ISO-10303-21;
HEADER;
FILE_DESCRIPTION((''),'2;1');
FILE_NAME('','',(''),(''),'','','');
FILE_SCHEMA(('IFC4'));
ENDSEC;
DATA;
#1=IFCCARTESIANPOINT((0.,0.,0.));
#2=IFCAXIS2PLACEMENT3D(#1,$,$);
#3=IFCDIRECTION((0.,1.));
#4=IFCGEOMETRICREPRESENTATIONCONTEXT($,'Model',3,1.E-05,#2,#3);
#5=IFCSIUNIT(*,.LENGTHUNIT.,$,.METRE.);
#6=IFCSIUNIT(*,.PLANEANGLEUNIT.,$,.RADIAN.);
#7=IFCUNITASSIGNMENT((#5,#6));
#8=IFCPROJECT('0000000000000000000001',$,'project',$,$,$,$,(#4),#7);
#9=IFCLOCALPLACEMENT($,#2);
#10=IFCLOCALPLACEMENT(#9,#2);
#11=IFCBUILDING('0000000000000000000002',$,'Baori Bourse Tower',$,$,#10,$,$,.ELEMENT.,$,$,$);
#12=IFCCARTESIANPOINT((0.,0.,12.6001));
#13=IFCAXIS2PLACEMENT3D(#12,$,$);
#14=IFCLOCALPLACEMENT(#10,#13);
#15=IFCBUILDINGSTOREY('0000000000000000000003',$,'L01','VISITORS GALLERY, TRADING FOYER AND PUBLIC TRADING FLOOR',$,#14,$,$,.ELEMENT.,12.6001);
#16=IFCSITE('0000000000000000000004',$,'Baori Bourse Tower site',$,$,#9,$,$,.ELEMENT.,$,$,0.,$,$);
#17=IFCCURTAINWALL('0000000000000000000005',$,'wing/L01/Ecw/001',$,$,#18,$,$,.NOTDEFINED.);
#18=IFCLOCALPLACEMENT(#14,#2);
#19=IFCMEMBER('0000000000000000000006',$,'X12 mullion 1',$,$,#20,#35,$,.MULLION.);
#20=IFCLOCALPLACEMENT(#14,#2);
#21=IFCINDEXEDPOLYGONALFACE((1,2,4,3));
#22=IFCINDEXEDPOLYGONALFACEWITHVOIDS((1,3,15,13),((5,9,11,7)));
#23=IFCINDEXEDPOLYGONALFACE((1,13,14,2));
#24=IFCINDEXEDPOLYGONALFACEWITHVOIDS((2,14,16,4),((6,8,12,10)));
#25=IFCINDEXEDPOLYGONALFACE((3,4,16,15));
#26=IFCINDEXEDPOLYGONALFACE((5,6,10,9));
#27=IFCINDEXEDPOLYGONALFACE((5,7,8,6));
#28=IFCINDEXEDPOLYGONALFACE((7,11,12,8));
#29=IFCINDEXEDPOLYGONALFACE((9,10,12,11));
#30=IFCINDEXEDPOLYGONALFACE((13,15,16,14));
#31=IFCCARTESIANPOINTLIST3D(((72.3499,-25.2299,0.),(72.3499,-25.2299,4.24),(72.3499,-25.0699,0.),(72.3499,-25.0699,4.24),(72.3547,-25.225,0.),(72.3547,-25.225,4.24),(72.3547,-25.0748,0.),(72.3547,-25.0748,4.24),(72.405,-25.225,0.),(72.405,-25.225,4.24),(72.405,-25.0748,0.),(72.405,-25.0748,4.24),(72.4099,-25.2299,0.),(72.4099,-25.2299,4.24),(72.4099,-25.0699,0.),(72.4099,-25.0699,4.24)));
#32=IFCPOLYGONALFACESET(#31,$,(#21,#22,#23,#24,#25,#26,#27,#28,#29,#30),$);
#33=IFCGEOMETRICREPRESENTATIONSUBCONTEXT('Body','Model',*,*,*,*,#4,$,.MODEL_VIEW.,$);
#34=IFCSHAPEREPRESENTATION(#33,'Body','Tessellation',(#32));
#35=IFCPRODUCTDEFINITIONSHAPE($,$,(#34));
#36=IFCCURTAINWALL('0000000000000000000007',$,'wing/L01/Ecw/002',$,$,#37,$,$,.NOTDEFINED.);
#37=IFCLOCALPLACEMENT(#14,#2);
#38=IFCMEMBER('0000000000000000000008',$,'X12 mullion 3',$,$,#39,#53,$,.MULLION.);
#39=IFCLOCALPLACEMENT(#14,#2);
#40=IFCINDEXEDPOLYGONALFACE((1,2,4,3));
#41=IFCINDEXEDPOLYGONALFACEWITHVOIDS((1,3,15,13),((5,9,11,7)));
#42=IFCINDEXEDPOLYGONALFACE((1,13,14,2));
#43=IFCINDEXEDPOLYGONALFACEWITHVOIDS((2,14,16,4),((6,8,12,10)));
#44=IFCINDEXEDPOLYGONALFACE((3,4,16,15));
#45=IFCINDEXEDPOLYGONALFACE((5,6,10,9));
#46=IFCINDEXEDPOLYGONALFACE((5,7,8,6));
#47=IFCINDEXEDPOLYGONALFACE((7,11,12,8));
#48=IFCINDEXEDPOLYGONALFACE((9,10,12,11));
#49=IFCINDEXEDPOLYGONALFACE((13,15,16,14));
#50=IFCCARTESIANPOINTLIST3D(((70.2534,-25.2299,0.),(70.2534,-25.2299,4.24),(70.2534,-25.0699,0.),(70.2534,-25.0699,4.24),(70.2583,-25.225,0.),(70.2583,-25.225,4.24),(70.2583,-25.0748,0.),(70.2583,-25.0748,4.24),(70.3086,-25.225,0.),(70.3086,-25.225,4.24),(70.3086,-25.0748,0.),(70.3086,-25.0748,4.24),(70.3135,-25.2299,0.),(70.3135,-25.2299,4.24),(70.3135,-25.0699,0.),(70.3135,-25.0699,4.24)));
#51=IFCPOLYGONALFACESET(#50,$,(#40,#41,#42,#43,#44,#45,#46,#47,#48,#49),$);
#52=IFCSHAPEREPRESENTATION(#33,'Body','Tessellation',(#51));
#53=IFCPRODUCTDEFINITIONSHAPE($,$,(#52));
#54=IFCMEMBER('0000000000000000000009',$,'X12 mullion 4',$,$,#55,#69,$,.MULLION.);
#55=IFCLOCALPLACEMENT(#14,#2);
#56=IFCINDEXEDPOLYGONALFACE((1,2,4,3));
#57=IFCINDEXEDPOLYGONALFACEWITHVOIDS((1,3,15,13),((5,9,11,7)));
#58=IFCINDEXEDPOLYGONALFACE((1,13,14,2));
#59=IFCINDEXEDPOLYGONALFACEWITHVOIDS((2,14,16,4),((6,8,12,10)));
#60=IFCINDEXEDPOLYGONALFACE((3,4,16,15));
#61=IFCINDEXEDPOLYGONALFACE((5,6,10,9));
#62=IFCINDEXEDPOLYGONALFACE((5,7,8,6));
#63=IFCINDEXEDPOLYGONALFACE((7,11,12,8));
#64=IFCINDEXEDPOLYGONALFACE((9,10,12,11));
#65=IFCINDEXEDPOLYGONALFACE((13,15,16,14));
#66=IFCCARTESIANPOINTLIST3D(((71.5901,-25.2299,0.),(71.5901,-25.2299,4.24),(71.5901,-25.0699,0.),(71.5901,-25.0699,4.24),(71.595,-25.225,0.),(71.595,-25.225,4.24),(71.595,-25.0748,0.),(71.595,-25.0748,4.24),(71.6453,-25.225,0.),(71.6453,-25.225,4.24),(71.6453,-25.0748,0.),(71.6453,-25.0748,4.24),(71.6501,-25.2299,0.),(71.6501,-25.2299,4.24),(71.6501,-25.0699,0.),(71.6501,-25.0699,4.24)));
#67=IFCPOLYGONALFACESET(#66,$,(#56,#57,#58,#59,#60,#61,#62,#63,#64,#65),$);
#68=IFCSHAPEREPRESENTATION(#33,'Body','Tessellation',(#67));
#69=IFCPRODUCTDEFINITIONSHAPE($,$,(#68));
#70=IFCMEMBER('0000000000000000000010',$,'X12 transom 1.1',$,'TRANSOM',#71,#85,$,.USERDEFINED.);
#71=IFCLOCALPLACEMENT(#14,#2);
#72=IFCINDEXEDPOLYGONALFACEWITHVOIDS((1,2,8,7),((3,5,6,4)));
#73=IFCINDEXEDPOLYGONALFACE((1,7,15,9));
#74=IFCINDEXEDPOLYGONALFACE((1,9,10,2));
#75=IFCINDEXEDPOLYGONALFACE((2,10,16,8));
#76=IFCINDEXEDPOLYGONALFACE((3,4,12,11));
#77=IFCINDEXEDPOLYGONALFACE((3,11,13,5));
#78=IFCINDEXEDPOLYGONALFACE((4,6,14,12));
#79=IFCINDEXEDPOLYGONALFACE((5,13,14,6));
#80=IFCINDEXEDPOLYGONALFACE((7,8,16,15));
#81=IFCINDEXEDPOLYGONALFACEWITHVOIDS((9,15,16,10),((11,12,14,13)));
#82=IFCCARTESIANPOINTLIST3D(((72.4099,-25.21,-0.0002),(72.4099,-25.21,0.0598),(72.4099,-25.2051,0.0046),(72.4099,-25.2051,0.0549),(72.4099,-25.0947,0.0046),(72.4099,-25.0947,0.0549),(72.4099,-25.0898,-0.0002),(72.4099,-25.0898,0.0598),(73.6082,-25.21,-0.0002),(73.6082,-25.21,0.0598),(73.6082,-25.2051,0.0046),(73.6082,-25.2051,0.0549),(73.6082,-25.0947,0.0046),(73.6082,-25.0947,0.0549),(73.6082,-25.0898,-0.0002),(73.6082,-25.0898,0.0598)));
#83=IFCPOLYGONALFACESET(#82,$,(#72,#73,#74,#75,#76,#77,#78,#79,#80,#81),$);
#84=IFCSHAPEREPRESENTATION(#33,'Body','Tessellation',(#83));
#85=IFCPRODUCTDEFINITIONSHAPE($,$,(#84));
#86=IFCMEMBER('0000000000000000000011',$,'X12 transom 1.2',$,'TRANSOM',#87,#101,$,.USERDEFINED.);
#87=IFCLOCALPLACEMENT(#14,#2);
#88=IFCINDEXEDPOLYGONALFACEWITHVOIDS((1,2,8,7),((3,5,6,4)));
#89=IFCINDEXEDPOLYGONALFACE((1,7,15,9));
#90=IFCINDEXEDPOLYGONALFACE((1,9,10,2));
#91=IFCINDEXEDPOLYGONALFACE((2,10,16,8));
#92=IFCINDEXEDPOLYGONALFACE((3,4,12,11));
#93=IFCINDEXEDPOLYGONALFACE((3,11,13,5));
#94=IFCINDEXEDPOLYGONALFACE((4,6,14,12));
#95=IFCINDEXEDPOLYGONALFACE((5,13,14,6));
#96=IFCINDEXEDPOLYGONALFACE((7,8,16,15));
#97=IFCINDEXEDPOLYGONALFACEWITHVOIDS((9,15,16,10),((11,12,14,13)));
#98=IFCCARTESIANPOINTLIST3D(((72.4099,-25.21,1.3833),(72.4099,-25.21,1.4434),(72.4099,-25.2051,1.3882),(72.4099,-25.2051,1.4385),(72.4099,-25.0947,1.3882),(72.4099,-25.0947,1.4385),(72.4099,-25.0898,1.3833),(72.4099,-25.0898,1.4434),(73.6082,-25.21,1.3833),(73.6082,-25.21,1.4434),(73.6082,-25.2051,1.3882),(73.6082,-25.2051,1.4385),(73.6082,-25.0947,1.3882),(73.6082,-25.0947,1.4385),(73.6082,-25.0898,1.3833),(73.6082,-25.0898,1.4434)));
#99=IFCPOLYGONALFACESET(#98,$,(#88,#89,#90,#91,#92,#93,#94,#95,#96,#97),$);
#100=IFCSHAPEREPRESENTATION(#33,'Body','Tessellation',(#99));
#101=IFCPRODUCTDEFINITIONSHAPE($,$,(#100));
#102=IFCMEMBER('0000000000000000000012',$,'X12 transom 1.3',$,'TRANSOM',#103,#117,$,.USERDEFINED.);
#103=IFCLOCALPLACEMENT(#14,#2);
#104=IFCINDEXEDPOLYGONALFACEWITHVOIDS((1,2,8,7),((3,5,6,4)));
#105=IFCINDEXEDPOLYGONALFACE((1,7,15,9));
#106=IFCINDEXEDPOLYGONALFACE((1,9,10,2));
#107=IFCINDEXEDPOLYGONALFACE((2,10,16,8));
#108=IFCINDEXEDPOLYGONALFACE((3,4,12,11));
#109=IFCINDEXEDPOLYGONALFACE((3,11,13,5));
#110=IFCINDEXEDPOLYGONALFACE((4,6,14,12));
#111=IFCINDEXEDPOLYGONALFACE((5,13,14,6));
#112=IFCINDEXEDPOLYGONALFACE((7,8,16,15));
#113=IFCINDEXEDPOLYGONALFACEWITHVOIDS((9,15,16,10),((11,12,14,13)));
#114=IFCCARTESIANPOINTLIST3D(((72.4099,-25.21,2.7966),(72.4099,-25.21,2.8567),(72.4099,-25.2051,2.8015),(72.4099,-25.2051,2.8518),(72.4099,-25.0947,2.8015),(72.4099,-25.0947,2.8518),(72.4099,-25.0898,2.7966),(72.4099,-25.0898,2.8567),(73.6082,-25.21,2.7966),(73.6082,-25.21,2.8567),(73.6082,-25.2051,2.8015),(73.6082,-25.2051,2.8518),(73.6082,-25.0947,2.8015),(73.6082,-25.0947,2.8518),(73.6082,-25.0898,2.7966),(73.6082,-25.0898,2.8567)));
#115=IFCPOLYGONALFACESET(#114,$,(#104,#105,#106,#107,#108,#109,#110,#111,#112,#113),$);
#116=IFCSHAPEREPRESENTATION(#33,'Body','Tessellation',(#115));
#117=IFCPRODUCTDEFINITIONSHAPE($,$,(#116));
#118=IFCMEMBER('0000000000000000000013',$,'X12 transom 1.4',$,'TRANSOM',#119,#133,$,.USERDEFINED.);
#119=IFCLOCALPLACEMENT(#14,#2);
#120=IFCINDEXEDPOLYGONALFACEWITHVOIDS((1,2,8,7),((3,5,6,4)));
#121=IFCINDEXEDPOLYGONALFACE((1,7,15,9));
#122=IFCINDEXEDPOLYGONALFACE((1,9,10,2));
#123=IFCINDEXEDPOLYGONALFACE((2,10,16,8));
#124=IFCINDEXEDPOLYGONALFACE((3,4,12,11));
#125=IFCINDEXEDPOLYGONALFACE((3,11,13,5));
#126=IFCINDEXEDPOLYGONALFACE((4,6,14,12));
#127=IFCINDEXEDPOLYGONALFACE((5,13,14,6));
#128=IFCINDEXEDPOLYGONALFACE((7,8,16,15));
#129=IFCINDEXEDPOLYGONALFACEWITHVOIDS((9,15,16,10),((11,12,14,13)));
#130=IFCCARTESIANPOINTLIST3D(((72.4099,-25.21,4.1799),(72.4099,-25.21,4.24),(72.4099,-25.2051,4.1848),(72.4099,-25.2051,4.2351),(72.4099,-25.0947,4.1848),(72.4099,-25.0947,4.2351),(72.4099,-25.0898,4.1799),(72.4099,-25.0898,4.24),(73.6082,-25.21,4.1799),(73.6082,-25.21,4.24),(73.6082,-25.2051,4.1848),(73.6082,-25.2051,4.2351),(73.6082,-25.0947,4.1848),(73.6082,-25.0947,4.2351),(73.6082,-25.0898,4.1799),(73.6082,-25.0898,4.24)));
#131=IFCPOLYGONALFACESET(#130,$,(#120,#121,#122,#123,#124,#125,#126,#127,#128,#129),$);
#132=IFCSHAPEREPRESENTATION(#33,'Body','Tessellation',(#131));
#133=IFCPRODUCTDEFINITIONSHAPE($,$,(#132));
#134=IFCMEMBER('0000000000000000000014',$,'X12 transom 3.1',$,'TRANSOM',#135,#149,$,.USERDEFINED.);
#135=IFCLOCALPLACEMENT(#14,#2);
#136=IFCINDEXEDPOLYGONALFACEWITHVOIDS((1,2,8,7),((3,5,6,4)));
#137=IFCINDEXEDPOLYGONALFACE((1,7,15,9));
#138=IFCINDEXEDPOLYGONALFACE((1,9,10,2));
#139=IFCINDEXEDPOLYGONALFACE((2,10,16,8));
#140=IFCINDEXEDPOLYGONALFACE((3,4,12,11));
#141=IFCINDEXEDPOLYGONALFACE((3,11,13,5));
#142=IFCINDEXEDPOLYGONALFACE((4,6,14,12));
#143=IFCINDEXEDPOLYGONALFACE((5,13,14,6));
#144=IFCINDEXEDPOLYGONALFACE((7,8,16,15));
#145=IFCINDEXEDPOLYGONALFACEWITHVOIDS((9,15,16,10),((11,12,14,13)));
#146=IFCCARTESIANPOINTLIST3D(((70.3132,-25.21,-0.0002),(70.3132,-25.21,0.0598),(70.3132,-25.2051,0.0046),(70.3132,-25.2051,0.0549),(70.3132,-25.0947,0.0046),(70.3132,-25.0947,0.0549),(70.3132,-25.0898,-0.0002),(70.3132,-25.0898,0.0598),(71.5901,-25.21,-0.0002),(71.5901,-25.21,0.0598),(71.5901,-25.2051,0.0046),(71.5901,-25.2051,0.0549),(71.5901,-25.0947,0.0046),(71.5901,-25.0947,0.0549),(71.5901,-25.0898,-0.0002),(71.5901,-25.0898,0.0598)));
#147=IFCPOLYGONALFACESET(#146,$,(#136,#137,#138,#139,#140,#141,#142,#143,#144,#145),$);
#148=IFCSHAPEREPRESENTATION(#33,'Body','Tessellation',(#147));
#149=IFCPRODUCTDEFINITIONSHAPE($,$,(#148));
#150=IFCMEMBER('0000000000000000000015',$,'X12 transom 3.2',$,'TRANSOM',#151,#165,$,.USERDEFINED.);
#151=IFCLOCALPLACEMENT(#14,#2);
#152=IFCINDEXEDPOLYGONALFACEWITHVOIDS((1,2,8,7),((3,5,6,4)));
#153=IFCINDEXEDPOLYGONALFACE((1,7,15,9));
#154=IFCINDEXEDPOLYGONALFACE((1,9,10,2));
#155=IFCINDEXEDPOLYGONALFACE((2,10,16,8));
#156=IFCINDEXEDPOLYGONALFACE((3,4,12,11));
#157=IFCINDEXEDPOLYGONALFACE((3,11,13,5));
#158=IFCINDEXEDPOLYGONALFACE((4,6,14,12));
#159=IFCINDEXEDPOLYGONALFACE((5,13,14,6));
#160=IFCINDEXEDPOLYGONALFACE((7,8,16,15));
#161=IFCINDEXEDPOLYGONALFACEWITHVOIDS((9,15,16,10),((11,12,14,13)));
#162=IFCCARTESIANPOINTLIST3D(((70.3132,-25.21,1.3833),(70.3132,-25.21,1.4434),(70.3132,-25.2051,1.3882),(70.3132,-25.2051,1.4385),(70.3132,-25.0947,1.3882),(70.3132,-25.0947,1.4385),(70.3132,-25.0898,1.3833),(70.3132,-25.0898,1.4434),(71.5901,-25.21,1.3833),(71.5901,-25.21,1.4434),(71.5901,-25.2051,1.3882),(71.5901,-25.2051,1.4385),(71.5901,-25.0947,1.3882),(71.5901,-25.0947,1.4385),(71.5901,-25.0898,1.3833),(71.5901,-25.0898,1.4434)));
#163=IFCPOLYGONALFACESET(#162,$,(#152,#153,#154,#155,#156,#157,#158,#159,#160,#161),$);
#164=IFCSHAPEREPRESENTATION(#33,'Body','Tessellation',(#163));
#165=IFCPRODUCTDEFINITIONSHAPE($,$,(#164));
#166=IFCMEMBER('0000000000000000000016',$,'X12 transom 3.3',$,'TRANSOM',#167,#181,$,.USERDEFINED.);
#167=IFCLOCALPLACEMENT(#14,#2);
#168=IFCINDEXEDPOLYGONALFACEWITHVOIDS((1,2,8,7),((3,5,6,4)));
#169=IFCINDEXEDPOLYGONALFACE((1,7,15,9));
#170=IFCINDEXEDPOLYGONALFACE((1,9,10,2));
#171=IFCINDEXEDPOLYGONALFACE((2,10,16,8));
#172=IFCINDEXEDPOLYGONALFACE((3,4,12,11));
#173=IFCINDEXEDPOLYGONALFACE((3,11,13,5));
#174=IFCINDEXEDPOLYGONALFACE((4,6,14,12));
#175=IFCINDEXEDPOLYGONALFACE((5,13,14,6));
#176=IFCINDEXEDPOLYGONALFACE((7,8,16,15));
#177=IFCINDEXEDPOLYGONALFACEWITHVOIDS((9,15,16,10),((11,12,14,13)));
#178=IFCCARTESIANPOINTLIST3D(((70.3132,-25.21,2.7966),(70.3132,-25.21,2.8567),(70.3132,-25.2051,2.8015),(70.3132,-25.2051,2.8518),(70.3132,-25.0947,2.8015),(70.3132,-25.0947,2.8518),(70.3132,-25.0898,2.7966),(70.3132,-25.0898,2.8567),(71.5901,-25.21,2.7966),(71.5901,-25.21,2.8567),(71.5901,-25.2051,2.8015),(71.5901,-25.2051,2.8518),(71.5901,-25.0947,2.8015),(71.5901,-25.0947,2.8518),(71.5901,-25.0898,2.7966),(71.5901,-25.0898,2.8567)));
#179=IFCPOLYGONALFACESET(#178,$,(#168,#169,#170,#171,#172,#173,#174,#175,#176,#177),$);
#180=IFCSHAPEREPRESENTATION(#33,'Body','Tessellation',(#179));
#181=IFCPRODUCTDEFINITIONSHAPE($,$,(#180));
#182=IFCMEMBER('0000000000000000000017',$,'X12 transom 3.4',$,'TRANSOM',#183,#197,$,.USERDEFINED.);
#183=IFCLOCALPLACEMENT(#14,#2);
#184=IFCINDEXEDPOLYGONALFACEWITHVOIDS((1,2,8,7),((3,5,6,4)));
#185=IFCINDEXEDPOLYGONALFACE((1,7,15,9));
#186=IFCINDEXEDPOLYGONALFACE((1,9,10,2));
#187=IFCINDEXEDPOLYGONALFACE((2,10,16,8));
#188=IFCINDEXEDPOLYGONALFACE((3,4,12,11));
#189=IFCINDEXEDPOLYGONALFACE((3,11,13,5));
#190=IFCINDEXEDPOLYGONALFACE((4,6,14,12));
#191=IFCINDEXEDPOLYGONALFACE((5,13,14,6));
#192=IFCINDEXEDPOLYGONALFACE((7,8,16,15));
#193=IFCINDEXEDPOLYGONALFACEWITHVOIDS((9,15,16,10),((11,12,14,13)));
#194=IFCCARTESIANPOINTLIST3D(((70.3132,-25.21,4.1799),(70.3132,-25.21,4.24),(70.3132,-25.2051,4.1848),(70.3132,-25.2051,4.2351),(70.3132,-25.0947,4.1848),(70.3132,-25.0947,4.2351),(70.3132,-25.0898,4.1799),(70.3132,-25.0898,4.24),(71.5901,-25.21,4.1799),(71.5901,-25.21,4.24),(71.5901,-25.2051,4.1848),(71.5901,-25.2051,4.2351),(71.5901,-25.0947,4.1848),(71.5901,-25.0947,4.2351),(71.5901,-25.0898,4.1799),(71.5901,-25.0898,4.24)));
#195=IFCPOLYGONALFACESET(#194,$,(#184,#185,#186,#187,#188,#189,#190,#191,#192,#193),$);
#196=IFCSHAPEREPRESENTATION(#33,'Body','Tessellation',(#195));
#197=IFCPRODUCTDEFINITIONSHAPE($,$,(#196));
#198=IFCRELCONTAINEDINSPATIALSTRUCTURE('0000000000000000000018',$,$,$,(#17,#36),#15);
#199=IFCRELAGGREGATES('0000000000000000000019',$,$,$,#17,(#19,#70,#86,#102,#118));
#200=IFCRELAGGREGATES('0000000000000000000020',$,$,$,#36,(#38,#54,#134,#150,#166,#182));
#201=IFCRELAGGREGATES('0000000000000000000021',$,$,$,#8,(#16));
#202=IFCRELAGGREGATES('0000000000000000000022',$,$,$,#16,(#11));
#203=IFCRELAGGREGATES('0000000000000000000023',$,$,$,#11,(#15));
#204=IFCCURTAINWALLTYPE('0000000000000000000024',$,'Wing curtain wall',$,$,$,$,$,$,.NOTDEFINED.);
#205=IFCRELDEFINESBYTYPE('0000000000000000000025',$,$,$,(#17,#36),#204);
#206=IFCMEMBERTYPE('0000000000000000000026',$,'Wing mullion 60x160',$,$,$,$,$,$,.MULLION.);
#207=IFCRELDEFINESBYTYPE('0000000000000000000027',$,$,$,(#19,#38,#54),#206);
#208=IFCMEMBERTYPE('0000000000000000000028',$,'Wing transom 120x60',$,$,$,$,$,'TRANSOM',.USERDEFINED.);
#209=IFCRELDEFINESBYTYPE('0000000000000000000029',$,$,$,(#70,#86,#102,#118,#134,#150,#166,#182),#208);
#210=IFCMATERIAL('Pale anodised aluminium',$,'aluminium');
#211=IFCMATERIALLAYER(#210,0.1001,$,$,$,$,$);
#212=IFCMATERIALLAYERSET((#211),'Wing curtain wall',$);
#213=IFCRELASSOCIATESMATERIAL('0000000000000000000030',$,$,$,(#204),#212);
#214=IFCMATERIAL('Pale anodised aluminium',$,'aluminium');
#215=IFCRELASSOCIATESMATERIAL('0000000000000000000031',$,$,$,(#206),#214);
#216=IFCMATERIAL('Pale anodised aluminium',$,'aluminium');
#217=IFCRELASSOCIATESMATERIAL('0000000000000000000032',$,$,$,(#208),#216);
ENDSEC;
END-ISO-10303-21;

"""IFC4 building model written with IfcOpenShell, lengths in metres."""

from ifc_helpers import new_model, si_unit, direction, frame, origin, origin_2d, place, context, subcontext, project, spatial, hollow_rectangle, extrude, material, layer, layer_set, material_profile, profile_set, type_object, element, aggregate, save


model = new_model("IFC4")

# Units and contexts
model_context = context("Model", 3, precision=1e-05, world=origin(), true_north=direction((0.0, 1.0)))
body_context = subcontext(model_context, "Body", "Model", "MODEL_VIEW")
ifc_project = project(units=[si_unit("LENGTHUNIT", "METRE"), si_unit("PLANEANGLEUNIT", "RADIAN")], contexts=[model_context])

# Site, building, storey
site_placement = place(None, origin())
site = spatial("IfcSite", under=ifc_project, at=site_placement, Name="Baori Bourse Tower site", CompositionType="ELEMENT", RefElevation=0.0)
building_placement = place(site_placement, origin())
building = spatial("IfcBuilding", under=site, at=building_placement, Name="Baori Bourse Tower", CompositionType="ELEMENT")
storey_placement = place(building_placement, frame((0.0, 0.0, 12.6001)))
storey = spatial("IfcBuildingStorey", under=building, at=storey_placement, Name="L01", Description="VISITORS GALLERY, TRADING FOYER AND PUBLIC TRADING FLOOR", CompositionType="ELEMENT", Elevation=12.6001)

# Curtain wall, member
ifc_material_1 = material(Name="Pale anodised aluminium", Category="aluminium")
ifc_layer_1 = layer(ifc_material_1, 0.1001)
ifc_layer_set_1 = layer_set([ifc_layer_1], Name="Wing curtain wall")
curtain_wall_type = type_object("IfcCurtainWallType", Name="Wing curtain wall", PredefinedType="NOTDEFINED", material=ifc_layer_set_1)
curtain_wall_1_placement = place(storey_placement, origin())
curtain_wall_1 = element("IfcCurtainWall", 1, at=curtain_wall_1_placement, inside=storey, type_object=curtain_wall_type, Name="wing/L01/Ecw/001", PredefinedType="NOTDEFINED")
ifc_material_2 = material(Name="Pale anodised aluminium", Category="aluminium")
ifc_material_profile_1 = material_profile(ifc_material_2, hollow_rectangle(XDim=0.1599, YDim=0.0601, WallThickness=0.0049, at=origin_2d()), Name="Mullion 160x60x5")
ifc_profile_set_1 = profile_set([ifc_material_profile_1], Name="Pale anodised aluminium")
member_type_1 = type_object("IfcMemberType", Name="Wing mullion 60x160", PredefinedType="MULLION", material=ifc_profile_set_1)
member_1_placement = place(storey_placement, frame((72.3799, -25.1499, 0.0), z_axis=(0.0, 0.0, 1.0), x_axis=(0.0, 1.0, 0.0)))
member_1 = element("IfcMember", 2, at=member_1_placement, type_object=member_type_1, Name="X12 mullion 1", PredefinedType="MULLION", context=body_context, shape_type="SweptSolid", body=[
    extrude(hollow_rectangle(XDim=0.1599, YDim=0.0601, WallThickness=0.0049, at=origin_2d()), origin(), (0.0, 0.0, 1.0), 4.24),
])

# Curtain wall, members
curtain_wall_2_placement = place(storey_placement, origin())
curtain_wall_2 = element("IfcCurtainWall", 3, at=curtain_wall_2_placement, inside=storey, type_object=curtain_wall_type, Name="wing/L01/Ecw/002", PredefinedType="NOTDEFINED")
member_2_placement = place(storey_placement, frame((70.2834, -25.1499, 0.0), z_axis=(0.0, 0.0, 1.0), x_axis=(0.0, 1.0, 0.0)))
member_2 = element("IfcMember", 4, at=member_2_placement, type_object=member_type_1, Name="X12 mullion 3", PredefinedType="MULLION", context=body_context, shape_type="SweptSolid", body=[
    extrude(hollow_rectangle(XDim=0.1599, YDim=0.0601, WallThickness=0.0049, at=origin_2d()), origin(), (0.0, 0.0, 1.0), 4.24),
])
member_3_placement = place(storey_placement, frame((71.6201, -25.1499, 0.0), z_axis=(0.0, 0.0, 1.0), x_axis=(0.0, 1.0, 0.0)))
member_3 = element("IfcMember", 5, at=member_3_placement, type_object=member_type_1, Name="X12 mullion 4", PredefinedType="MULLION", context=body_context, shape_type="SweptSolid", body=[
    extrude(hollow_rectangle(XDim=0.1599, YDim=0.0601, WallThickness=0.0049, at=origin_2d()), origin(), (0.0, 0.0, 1.0), 4.24),
])

# Members
ifc_material_3 = material(Name="Pale anodised aluminium", Category="aluminium")
ifc_material_profile_2 = material_profile(ifc_material_3, hollow_rectangle(XDim=0.1201, YDim=0.0601, WallThickness=0.0049, at=origin_2d()), Name="Transom 120x60x5")
ifc_profile_set_2 = profile_set([ifc_material_profile_2], Name="Pale anodised aluminium")
member_type_2 = type_object("IfcMemberType", Name="Wing transom 120x60", ElementType="TRANSOM", PredefinedType="USERDEFINED", material=ifc_profile_set_2)
member_4_placement = place(storey_placement, frame((72.4099, -25.1499, 0.0298), z_axis=(1.0, 0.0, 0.0), x_axis=(0.0, 1.0, 0.0)))
member_4 = element("IfcMember", 6, at=member_4_placement, type_object=member_type_2, Name="X12 transom 1.1", ObjectType="TRANSOM", PredefinedType="USERDEFINED", context=body_context, shape_type="SweptSolid", body=[
    extrude(hollow_rectangle(XDim=0.1201, YDim=0.0601, WallThickness=0.0049, at=origin_2d()), origin(), (0.0, 0.0, 1.0), 1.1982),
])
member_5_placement = place(storey_placement, frame((72.4099, -25.1499, 1.4133), z_axis=(1.0, 0.0, 0.0), x_axis=(0.0, 1.0, 0.0)))
member_5 = element("IfcMember", 7, at=member_5_placement, type_object=member_type_2, Name="X12 transom 1.2", ObjectType="TRANSOM", PredefinedType="USERDEFINED", context=body_context, shape_type="SweptSolid", body=[
    extrude(hollow_rectangle(XDim=0.1201, YDim=0.0601, WallThickness=0.0049, at=origin_2d()), origin(), (0.0, 0.0, 1.0), 1.1982),
])
member_6_placement = place(storey_placement, frame((72.4099, -25.1499, 2.8267), z_axis=(1.0, 0.0, 0.0), x_axis=(0.0, 1.0, 0.0)))
member_6 = element("IfcMember", 8, at=member_6_placement, type_object=member_type_2, Name="X12 transom 1.3", ObjectType="TRANSOM", PredefinedType="USERDEFINED", context=body_context, shape_type="SweptSolid", body=[
    extrude(hollow_rectangle(XDim=0.1201, YDim=0.0601, WallThickness=0.0049, at=origin_2d()), origin(), (0.0, 0.0, 1.0), 1.1982),
])
member_7_placement = place(storey_placement, frame((72.4099, -25.1499, 4.21), z_axis=(1.0, 0.0, 0.0), x_axis=(0.0, 1.0, 0.0)))
member_7 = element("IfcMember", 9, at=member_7_placement, type_object=member_type_2, Name="X12 transom 1.4", ObjectType="TRANSOM", PredefinedType="USERDEFINED", context=body_context, shape_type="SweptSolid", body=[
    extrude(hollow_rectangle(XDim=0.1201, YDim=0.0601, WallThickness=0.0049, at=origin_2d()), origin(), (0.0, 0.0, 1.0), 1.1982),
])
member_8_placement = place(storey_placement, frame((70.3132, -25.1499, 0.0298), z_axis=(1.0, 0.0, 0.0), x_axis=(0.0, 1.0, 0.0)))
member_8 = element("IfcMember", 10, at=member_8_placement, type_object=member_type_2, Name="X12 transom 3.1", ObjectType="TRANSOM", PredefinedType="USERDEFINED", context=body_context, shape_type="SweptSolid", body=[
    extrude(hollow_rectangle(XDim=0.1201, YDim=0.0601, WallThickness=0.0049, at=origin_2d()), origin(), (0.0, 0.0, 1.0), 1.2769),
])
member_9_placement = place(storey_placement, frame((70.3132, -25.1499, 1.4133), z_axis=(1.0, 0.0, 0.0), x_axis=(0.0, 1.0, 0.0)))
member_9 = element("IfcMember", 11, at=member_9_placement, type_object=member_type_2, Name="X12 transom 3.2", ObjectType="TRANSOM", PredefinedType="USERDEFINED", context=body_context, shape_type="SweptSolid", body=[
    extrude(hollow_rectangle(XDim=0.1201, YDim=0.0601, WallThickness=0.0049, at=origin_2d()), origin(), (0.0, 0.0, 1.0), 1.2769),
])
member_10_placement = place(storey_placement, frame((70.3132, -25.1499, 2.8267), z_axis=(1.0, 0.0, 0.0), x_axis=(0.0, 1.0, 0.0)))
member_10 = element("IfcMember", 12, at=member_10_placement, type_object=member_type_2, Name="X12 transom 3.3", ObjectType="TRANSOM", PredefinedType="USERDEFINED", context=body_context, shape_type="SweptSolid", body=[
    extrude(hollow_rectangle(XDim=0.1201, YDim=0.0601, WallThickness=0.0049, at=origin_2d()), origin(), (0.0, 0.0, 1.0), 1.2769),
])
member_11_placement = place(storey_placement, frame((70.3132, -25.1499, 4.21), z_axis=(1.0, 0.0, 0.0), x_axis=(0.0, 1.0, 0.0)))
member_11 = element("IfcMember", 13, at=member_11_placement, type_object=member_type_2, Name="X12 transom 3.4", ObjectType="TRANSOM", PredefinedType="USERDEFINED", context=body_context, shape_type="SweptSolid", body=[
    extrude(hollow_rectangle(XDim=0.1201, YDim=0.0601, WallThickness=0.0049, at=origin_2d()), origin(), (0.0, 0.0, 1.0), 1.2769),
])

aggregate(curtain_wall_1, [member_1, member_4, member_5, member_6, member_7])
aggregate(curtain_wall_2, [member_2, member_3, member_8, member_9, member_10, member_11])

save(model, "model.ifc")
